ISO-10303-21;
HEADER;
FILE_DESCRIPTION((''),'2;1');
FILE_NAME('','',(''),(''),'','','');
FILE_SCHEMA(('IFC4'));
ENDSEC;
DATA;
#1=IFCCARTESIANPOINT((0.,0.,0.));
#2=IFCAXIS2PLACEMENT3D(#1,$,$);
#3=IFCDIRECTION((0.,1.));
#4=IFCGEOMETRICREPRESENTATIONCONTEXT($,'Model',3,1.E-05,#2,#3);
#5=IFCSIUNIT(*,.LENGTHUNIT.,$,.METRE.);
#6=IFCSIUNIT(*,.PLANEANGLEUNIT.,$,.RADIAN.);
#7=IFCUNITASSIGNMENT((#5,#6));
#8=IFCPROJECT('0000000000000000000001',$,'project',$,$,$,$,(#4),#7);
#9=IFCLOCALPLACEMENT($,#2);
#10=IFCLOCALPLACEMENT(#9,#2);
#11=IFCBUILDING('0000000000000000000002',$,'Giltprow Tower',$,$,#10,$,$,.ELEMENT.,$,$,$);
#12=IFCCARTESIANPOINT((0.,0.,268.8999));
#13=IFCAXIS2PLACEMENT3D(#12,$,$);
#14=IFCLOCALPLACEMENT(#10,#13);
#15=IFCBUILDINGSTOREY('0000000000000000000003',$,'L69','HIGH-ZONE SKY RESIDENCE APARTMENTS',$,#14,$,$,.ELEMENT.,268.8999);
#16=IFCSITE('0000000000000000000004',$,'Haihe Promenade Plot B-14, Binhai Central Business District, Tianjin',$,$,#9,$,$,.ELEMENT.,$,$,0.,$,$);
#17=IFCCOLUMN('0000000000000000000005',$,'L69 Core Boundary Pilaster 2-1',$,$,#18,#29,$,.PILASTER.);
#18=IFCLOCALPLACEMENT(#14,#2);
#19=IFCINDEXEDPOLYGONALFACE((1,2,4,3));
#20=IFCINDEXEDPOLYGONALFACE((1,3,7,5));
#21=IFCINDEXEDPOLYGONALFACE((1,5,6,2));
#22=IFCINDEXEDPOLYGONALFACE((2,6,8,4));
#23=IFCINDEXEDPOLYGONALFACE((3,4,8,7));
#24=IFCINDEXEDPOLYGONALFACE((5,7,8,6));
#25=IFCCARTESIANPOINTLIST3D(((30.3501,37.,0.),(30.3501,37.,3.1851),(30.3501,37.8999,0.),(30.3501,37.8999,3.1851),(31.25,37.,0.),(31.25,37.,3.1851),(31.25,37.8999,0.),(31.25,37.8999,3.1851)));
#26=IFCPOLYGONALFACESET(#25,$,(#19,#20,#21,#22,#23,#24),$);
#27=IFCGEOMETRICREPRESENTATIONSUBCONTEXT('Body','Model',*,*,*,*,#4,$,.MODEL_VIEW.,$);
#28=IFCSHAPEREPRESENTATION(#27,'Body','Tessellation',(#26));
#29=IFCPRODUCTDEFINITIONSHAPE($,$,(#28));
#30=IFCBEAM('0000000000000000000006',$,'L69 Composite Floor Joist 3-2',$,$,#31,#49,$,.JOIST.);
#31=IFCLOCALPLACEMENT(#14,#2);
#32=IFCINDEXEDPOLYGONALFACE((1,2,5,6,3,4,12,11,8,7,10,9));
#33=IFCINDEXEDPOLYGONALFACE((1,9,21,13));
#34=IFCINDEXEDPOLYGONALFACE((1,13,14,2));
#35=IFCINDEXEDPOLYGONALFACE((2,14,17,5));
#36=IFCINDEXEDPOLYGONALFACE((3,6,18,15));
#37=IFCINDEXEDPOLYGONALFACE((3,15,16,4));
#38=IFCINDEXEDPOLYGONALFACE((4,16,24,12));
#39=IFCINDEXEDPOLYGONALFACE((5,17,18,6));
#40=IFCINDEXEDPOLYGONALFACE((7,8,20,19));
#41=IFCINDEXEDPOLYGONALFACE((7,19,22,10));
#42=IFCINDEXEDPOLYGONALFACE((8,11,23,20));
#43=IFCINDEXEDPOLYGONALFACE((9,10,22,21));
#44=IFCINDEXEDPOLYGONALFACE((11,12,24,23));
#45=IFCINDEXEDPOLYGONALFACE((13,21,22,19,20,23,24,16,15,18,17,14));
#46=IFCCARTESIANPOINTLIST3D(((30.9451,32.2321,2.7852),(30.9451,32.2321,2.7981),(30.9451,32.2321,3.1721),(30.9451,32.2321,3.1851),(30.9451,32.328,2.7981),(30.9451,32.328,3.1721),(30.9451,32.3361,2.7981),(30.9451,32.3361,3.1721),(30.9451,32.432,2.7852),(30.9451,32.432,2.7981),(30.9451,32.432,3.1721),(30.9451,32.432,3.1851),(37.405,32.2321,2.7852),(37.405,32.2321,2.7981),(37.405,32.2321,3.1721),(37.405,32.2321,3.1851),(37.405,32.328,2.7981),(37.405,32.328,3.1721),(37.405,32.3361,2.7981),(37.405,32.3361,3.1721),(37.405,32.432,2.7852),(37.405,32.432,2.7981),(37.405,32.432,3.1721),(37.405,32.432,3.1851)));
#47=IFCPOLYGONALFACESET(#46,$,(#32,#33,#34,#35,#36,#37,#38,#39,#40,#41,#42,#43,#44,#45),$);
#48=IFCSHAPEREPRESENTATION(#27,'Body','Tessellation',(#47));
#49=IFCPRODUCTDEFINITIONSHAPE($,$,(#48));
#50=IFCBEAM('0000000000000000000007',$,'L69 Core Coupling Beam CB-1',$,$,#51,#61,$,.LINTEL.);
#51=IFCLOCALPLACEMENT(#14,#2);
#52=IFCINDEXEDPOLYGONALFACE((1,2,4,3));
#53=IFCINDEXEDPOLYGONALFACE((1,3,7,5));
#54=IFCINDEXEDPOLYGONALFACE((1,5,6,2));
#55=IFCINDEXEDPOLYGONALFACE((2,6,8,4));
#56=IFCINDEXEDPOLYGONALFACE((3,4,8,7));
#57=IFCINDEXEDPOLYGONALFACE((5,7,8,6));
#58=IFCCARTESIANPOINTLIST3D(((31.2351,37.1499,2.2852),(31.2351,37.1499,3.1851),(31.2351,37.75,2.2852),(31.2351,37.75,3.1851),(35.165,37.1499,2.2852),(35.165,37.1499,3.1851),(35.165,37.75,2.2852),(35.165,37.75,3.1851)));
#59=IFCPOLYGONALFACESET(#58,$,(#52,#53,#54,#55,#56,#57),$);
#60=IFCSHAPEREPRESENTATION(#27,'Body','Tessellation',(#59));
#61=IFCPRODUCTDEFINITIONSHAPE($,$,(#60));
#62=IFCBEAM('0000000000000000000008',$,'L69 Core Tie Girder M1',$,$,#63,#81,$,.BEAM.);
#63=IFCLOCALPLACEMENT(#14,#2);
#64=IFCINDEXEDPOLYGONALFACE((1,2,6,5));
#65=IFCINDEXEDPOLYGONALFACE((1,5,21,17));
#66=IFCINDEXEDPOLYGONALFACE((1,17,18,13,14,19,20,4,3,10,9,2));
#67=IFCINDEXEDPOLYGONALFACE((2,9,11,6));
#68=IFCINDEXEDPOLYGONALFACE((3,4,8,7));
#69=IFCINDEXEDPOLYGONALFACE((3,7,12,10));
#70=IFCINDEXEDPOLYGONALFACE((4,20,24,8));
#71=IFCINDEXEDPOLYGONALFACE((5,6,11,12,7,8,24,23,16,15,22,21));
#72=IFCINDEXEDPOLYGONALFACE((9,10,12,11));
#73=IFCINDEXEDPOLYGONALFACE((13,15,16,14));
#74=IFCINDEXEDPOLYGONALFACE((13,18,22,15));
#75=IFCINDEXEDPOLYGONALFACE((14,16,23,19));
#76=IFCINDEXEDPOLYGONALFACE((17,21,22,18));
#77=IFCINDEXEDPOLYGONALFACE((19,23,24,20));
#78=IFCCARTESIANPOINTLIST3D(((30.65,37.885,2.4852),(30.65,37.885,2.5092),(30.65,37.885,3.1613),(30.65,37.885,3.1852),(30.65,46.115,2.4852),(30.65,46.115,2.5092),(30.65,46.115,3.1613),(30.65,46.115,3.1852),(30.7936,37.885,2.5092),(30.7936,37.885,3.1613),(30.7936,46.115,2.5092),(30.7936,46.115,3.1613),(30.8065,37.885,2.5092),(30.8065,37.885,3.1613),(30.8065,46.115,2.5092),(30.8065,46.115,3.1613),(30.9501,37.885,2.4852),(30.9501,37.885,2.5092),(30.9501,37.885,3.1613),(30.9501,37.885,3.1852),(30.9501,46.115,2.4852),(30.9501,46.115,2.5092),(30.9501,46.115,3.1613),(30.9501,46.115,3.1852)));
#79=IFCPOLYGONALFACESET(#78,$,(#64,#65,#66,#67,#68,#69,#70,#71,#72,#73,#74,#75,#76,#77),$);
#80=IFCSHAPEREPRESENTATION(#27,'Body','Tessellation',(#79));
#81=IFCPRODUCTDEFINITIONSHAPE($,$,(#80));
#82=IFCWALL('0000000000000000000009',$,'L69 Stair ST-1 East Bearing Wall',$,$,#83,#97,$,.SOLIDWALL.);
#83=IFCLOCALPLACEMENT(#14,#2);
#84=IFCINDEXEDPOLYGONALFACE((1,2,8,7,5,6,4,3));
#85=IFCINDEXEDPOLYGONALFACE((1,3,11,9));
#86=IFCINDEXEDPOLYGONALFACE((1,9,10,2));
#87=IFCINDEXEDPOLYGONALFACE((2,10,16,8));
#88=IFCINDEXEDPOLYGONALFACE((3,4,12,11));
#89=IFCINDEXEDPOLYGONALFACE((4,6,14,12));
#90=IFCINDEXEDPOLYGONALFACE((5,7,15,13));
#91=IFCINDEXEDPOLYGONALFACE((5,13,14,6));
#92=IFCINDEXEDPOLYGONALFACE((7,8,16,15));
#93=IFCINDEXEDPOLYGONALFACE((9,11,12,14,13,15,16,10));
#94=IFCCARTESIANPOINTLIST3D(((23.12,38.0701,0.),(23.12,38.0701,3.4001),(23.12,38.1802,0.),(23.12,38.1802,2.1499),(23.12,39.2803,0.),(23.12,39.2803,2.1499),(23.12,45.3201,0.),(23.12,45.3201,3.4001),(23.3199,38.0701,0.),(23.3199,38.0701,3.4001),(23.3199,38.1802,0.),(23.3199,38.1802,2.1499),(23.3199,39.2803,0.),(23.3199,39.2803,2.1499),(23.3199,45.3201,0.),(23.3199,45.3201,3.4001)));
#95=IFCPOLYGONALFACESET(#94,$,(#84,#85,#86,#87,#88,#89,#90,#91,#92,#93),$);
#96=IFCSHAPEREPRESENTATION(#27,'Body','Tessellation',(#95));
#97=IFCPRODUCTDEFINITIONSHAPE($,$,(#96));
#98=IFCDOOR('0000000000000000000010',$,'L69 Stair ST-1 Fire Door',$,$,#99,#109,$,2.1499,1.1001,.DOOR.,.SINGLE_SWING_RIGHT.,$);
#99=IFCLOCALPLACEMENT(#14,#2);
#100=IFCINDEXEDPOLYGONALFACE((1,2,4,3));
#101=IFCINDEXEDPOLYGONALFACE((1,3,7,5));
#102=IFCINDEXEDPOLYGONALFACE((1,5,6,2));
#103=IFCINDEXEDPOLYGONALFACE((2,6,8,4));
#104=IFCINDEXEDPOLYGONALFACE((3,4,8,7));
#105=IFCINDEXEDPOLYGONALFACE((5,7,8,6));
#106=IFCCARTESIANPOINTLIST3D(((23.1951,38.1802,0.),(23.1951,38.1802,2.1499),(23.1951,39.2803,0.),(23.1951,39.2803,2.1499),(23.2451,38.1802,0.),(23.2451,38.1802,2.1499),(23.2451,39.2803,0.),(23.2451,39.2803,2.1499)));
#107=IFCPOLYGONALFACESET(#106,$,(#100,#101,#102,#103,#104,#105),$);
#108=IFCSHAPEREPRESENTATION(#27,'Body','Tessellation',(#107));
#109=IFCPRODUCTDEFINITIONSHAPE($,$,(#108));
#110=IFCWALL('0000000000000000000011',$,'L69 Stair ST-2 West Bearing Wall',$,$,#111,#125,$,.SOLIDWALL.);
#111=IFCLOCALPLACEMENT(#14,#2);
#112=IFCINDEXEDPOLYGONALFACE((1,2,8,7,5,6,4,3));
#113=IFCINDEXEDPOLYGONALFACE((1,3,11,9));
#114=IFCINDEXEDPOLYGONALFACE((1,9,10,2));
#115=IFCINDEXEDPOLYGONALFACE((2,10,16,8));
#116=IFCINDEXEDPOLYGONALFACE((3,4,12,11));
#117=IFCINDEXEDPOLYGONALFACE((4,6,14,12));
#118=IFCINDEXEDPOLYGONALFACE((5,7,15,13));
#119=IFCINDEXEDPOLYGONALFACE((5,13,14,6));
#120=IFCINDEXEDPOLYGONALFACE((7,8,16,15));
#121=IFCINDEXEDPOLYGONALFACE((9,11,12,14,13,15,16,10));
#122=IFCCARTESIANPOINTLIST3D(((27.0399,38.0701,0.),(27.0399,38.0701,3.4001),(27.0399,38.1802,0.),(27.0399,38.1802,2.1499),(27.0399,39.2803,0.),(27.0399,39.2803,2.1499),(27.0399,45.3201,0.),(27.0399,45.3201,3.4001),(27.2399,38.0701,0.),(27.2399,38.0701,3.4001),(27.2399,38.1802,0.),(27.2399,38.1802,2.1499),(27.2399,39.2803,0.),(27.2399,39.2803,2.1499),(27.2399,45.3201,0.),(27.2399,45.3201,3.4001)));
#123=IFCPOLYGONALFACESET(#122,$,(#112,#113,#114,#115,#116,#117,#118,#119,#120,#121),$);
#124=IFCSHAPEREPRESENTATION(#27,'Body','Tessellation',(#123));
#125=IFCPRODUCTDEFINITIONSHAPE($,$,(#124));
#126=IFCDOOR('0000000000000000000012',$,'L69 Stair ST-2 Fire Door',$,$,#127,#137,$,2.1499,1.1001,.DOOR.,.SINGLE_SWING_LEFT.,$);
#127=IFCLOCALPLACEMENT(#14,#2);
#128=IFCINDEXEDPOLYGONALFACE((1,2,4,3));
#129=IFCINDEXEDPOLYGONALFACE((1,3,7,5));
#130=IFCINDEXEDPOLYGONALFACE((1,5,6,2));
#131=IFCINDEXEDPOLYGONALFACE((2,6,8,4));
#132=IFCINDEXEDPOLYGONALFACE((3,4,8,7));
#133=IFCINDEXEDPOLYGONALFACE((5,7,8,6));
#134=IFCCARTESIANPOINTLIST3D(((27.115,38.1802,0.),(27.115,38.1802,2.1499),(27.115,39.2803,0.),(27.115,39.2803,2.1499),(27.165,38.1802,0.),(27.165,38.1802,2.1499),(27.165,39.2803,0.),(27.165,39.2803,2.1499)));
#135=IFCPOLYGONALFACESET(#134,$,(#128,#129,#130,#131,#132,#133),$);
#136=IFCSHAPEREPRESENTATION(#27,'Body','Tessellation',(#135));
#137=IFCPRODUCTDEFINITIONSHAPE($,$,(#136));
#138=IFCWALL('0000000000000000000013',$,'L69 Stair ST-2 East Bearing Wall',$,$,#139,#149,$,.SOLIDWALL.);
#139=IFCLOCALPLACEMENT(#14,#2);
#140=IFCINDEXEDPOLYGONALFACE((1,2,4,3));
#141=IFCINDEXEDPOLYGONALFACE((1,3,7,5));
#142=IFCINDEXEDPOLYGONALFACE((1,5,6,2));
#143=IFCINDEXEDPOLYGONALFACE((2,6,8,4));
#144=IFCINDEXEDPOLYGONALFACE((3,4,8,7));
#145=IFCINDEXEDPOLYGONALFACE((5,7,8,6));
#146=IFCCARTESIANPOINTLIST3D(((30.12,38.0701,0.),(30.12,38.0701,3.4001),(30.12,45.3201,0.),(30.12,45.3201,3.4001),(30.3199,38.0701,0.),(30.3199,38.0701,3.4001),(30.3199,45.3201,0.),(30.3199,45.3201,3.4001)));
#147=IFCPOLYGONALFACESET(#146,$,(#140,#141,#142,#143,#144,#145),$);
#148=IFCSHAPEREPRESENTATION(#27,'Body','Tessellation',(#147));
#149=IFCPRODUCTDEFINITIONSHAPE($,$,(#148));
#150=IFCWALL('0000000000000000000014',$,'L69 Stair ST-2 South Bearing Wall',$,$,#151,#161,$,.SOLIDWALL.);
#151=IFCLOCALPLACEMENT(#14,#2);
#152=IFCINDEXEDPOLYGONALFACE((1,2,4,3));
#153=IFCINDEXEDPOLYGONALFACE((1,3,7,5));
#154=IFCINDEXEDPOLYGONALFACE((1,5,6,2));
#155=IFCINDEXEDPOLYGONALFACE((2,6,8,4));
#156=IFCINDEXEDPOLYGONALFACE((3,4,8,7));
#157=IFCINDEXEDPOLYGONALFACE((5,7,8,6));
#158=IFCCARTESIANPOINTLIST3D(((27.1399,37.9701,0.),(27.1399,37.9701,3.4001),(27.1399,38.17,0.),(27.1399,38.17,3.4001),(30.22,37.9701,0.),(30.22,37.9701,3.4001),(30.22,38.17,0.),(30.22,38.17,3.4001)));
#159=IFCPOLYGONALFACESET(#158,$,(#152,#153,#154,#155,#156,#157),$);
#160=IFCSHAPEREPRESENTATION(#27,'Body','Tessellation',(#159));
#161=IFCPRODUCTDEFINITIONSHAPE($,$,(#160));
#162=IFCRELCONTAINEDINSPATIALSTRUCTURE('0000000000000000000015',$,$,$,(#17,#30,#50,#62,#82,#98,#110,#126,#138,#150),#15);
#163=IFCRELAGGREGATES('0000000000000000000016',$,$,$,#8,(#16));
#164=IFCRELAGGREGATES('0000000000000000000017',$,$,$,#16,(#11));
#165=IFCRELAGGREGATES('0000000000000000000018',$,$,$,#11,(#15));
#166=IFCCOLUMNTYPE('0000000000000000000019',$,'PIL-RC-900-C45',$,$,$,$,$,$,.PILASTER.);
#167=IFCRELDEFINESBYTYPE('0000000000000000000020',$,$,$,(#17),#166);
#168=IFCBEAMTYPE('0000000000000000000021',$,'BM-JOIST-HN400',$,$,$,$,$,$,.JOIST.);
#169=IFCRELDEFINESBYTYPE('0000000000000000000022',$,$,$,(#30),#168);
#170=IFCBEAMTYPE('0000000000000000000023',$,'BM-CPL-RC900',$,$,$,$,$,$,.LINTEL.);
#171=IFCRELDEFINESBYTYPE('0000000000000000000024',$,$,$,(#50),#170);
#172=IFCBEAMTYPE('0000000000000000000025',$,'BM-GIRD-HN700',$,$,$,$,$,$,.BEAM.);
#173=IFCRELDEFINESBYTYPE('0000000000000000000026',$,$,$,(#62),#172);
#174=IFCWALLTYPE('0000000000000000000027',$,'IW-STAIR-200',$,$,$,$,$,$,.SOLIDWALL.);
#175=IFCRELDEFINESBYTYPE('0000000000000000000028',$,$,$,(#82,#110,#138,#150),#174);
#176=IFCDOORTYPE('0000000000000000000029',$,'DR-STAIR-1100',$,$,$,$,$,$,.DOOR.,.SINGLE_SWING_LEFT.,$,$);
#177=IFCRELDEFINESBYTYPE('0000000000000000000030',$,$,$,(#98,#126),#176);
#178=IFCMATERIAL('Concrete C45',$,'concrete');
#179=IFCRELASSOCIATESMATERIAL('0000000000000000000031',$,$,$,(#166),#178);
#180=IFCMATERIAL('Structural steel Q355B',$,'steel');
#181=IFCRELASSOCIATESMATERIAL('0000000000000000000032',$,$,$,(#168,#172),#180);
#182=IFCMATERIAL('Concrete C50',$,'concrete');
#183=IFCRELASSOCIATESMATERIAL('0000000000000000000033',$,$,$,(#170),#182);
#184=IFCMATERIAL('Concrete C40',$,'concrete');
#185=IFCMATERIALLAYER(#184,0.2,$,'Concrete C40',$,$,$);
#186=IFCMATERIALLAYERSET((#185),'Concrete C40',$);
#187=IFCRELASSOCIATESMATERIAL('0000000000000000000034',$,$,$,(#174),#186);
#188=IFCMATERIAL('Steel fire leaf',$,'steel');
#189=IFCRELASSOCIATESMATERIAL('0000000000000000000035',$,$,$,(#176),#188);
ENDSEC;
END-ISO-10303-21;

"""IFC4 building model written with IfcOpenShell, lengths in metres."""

from ifc_helpers import new_model, si_unit, direction, frame, frame_2d, origin, origin_2d, place, context, subcontext, project, spatial, rectangle, i_section, extrude, source, transform, mapped, material, layer, layer_set, material_profile, profile_set, type_object, element, fill, save


model = new_model("IFC4")

# Units and contexts
model_context = context("Model", 3, precision=1e-05, world=origin(), true_north=direction((0.0, 1.0)))
body_context = subcontext(model_context, "Body", "Model", "MODEL_VIEW")
ifc_project = project(units=[si_unit("LENGTHUNIT", "METRE"), si_unit("PLANEANGLEUNIT", "RADIAN")], contexts=[model_context])

# Site, building, storey
site_placement = place(None, origin())
site = spatial("IfcSite", under=ifc_project, at=site_placement, Name="Haihe Promenade Plot B-14, Binhai Central Business District, Tianjin", CompositionType="ELEMENT", RefElevation=0.0)
building_placement = place(site_placement, origin())
building = spatial("IfcBuilding", under=site, at=building_placement, Name="Giltprow Tower", CompositionType="ELEMENT")
storey_placement = place(building_placement, frame((0.0, 0.0, 268.8999)))
storey = spatial("IfcBuildingStorey", under=building, at=storey_placement, Name="L69", Description="HIGH-ZONE SKY RESIDENCE APARTMENTS", CompositionType="ELEMENT", Elevation=268.8999)

# Column
ifc_material_1 = material(Name="Concrete C45", Category="concrete")
ifc_material_profile_1 = material_profile(ifc_material_1, rectangle(XDim=0.8999, YDim=0.8999, at=origin_2d()), Name="RC 900x900")
ifc_profile_set_1 = profile_set([ifc_material_profile_1], Name="Concrete C45")
column_type = type_object("IfcColumnType", Name="PIL-RC-900-C45", PredefinedType="PILASTER", material=ifc_profile_set_1)
shared_shape_1 = source(origin(), body_context, "Body", "SweptSolid", [
    extrude(rectangle(XDim=0.8999, YDim=0.8999, at=origin_2d()), origin(), (0.0, 0.0, 1.0), 3.1851),
])
column_placement = place(storey_placement, frame((30.8, 37.45, 0.0), z_axis=(0.0, 0.0, 1.0), x_axis=(1.0, 0.0, 0.0)))
element("IfcColumn", 1, at=column_placement, inside=storey, type_object=column_type, Name="L69 Core Boundary Pilaster 2-1", PredefinedType="PILASTER", context=body_context, shape_type="MappedRepresentation", body=[
    mapped(shared_shape_1, transform((0.0, 0.0, 0.0), x_axis=(1.0, 0.0, 0.0), y_axis=(0.0, 1.0, 0.0), z_axis=(0.0, 0.0, 1.0), scale=1.0)),
])

# Beams
ifc_material_2 = material(Name="Structural steel Q355B", Category="steel")
ifc_material_profile_2 = material_profile(ifc_material_2, i_section(OverallWidth=0.2, OverallDepth=0.3999, WebThickness=0.0081, FlangeThickness=0.0129, at=origin_2d()), Name="HN 400x200x8x13")
ifc_profile_set_2 = profile_set([ifc_material_profile_2], Name="Structural steel Q355B")
beam_type_1 = type_object("IfcBeamType", Name="BM-JOIST-HN400", PredefinedType="JOIST", material=ifc_profile_set_2)
shared_shape_2 = source(origin(), body_context, "Body", "SweptSolid", [
    extrude(i_section(OverallWidth=0.2, OverallDepth=0.3999, WebThickness=0.0081, FlangeThickness=0.0129, at=origin_2d()), origin(), (0.0, 0.0, 1.0), 6.46),
])
beam_1_placement = place(storey_placement, frame((30.9451, 32.332, 2.9851), z_axis=(1.0, 0.0, 0.0), x_axis=(0.0, 1.0, 0.0)))
element("IfcBeam", 2, at=beam_1_placement, inside=storey, type_object=beam_type_1, Name="L69 Composite Floor Joist 3-2", PredefinedType="JOIST", context=body_context, shape_type="MappedRepresentation", body=[
    mapped(shared_shape_2, transform((0.0, 0.0, 0.0), x_axis=(1.0, 0.0, 0.0), y_axis=(0.0, 1.0, 0.0), z_axis=(0.0, 0.0, 1.0), scale=1.0)),
])
ifc_material_3 = material(Name="Concrete C50", Category="concrete")
ifc_material_profile_3 = material_profile(ifc_material_3, rectangle(XDim=0.6001, YDim=0.8999, at=origin_2d()), Name="RC 900x600")
ifc_profile_set_3 = profile_set([ifc_material_profile_3], Name="Concrete C50")
beam_type_2 = type_object("IfcBeamType", Name="BM-CPL-RC900", PredefinedType="LINTEL", material=ifc_profile_set_3)
shared_shape_3 = source(origin(), body_context, "Body", "SweptSolid", [
    extrude(rectangle(XDim=0.6001, YDim=0.8999, at=origin_2d()), origin(), (0.0, 0.0, 1.0), 3.9299),
])
beam_2_placement = place(storey_placement, frame((31.2351, 37.45, 2.7351), z_axis=(1.0, 0.0, 0.0), x_axis=(0.0, 1.0, 0.0)))
element("IfcBeam", 3, at=beam_2_placement, inside=storey, type_object=beam_type_2, Name="L69 Core Coupling Beam CB-1", PredefinedType="LINTEL", context=body_context, shape_type="MappedRepresentation", body=[
    mapped(shared_shape_3, transform((0.0, 0.0, 0.0), x_axis=(1.0, 0.0, 0.0), y_axis=(0.0, 1.0, 0.0), z_axis=(0.0, 0.0, 1.0), scale=1.0)),
])
ifc_material_profile_4 = material_profile(ifc_material_2, i_section(OverallWidth=0.3, OverallDepth=0.7, WebThickness=0.0129, FlangeThickness=0.0239, at=origin_2d()), Name="HN 700x300x13x24")
ifc_profile_set_4 = profile_set([ifc_material_profile_4], Name="Structural steel Q355B")
beam_type_3 = type_object("IfcBeamType", Name="BM-GIRD-HN700", PredefinedType="BEAM", material=ifc_profile_set_4)
shared_shape_4 = source(origin(), body_context, "Body", "SweptSolid", [
    extrude(i_section(OverallWidth=0.3, OverallDepth=0.7, WebThickness=0.0129, FlangeThickness=0.0239, at=origin_2d()), origin(), (0.0, 0.0, 1.0), 8.23),
])
beam_3_placement = place(storey_placement, frame((30.8, 37.885, 2.8352), z_axis=(0.0, 1.0, 0.0), x_axis=(-1.0, 0.0, 0.0)))
element("IfcBeam", 4, at=beam_3_placement, inside=storey, type_object=beam_type_3, Name="L69 Core Tie Girder M1", PredefinedType="BEAM", context=body_context, shape_type="MappedRepresentation", body=[
    mapped(shared_shape_4, transform((0.0, 0.0, 0.0), x_axis=(1.0, 0.0, 0.0), y_axis=(0.0, 1.0, 0.0), z_axis=(0.0, 0.0, 1.0), scale=1.0)),
])

# Walls, openings, doors
ifc_material_4 = material(Name="Concrete C40", Category="concrete")
ifc_layer_1 = layer(ifc_material_4, 0.2, Name="Concrete C40")
ifc_layer_set_1 = layer_set([ifc_layer_1], Name="Concrete C40")
wall_type_1 = type_object("IfcWallType", Name="IW-STAIR-200", PredefinedType="SOLIDWALL", material=ifc_layer_set_1)
wall_1_placement = place(storey_placement, frame((23.22, 38.0701, 0.0), z_axis=(0.0, 0.0, 1.0), x_axis=(0.0, 1.0, 0.0)))
wall_1 = element("IfcWall", 5, at=wall_1_placement, inside=storey, type_object=wall_type_1, Name="L69 Stair ST-1 East Bearing Wall", PredefinedType="SOLIDWALL", context=body_context, shape_type="SweptSolid", body=[
    extrude(rectangle(XDim=7.25, YDim=0.2, at=frame_2d((3.625, 0.0))), origin(), (0.0, 0.0, 1.0), 3.4001),
])
opening_1_placement = place(wall_1_placement, frame((0.1101, 0.0, 0.0)))
opening_1 = element("IfcOpeningElement", 6, at=opening_1_placement, cuts=wall_1, PredefinedType="OPENING", context=body_context, shape_type="SweptSolid", body=[
    extrude(rectangle(XDim=1.1001, YDim=2.1499, at=frame_2d((0.55, 1.075))), frame((0.0, 0.1099, 0.0), z_axis=(0.0, -1.0, 0.0), x_axis=(1.0, 0.0, 0.0)), (0.0, 0.0, 1.0), 0.22),
])
ifc_material_5 = material(Name="Steel fire leaf", Category="steel")
door_type = type_object("IfcDoorType", Name="DR-STAIR-1100", OperationType="SINGLE_SWING_LEFT", PredefinedType="DOOR", material=ifc_material_5)
shared_shape_5 = source(origin(), body_context, "Body", "SweptSolid", [
    extrude(rectangle(XDim=1.1001, YDim=2.1499, at=frame_2d((0.55, 1.075))), frame((0.0, 0.0249, 0.0), z_axis=(0.0, -1.0, 0.0), x_axis=(1.0, 0.0, 0.0)), (0.0, 0.0, 1.0), 0.05),
])
door_1_placement = place(opening_1_placement, origin())
door_1 = element("IfcDoor", 7, at=door_1_placement, inside=storey, type_object=door_type, Name="L69 Stair ST-1 Fire Door", OperationType="SINGLE_SWING_RIGHT", OverallHeight=2.1499, OverallWidth=1.1001, PredefinedType="DOOR", context=body_context, shape_type="MappedRepresentation", body=[
    mapped(shared_shape_5, transform((0.0, 0.0, 0.0), x_axis=(1.0, 0.0, 0.0), y_axis=(0.0, 1.0, 0.0), z_axis=(0.0, 0.0, 1.0), scale=1.0)),
])
fill(opening_1, door_1)
wall_2_placement = place(storey_placement, frame((27.1399, 38.0701, 0.0), z_axis=(0.0, 0.0, 1.0), x_axis=(0.0, 1.0, 0.0)))
wall_2 = element("IfcWall", 8, at=wall_2_placement, inside=storey, type_object=wall_type_1, Name="L69 Stair ST-2 West Bearing Wall", PredefinedType="SOLIDWALL", context=body_context, shape_type="SweptSolid", body=[
    extrude(rectangle(XDim=7.25, YDim=0.2, at=frame_2d((3.625, 0.0))), origin(), (0.0, 0.0, 1.0), 3.4001),
])
opening_2_placement = place(wall_2_placement, frame((0.1101, 0.0, 0.0)))
opening_2 = element("IfcOpeningElement", 9, at=opening_2_placement, cuts=wall_2, PredefinedType="OPENING", context=body_context, shape_type="SweptSolid", body=[
    extrude(rectangle(XDim=1.1001, YDim=2.1499, at=frame_2d((0.55, 1.075))), frame((0.0, 0.1099, 0.0), z_axis=(0.0, -1.0, 0.0), x_axis=(1.0, 0.0, 0.0)), (0.0, 0.0, 1.0), 0.22),
])
door_2_placement = place(opening_2_placement, origin())
door_2 = element("IfcDoor", 10, at=door_2_placement, inside=storey, type_object=door_type, Name="L69 Stair ST-2 Fire Door", OperationType="SINGLE_SWING_LEFT", OverallHeight=2.1499, OverallWidth=1.1001, PredefinedType="DOOR", context=body_context, shape_type="MappedRepresentation", body=[
    mapped(shared_shape_5, transform((0.0, 0.0, 0.0), x_axis=(1.0, 0.0, 0.0), y_axis=(0.0, 1.0, 0.0), z_axis=(0.0, 0.0, 1.0), scale=1.0)),
])
fill(opening_2, door_2)

# Walls
wall_3_placement = place(storey_placement, frame((30.22, 38.0701, 0.0), z_axis=(0.0, 0.0, 1.0), x_axis=(0.0, 1.0, 0.0)))
element("IfcWall", 11, at=wall_3_placement, inside=storey, type_object=wall_type_1, Name="L69 Stair ST-2 East Bearing Wall", PredefinedType="SOLIDWALL", context=body_context, shape_type="SweptSolid", body=[
    extrude(rectangle(XDim=7.25, YDim=0.2, at=frame_2d((3.625, 0.0))), origin(), (0.0, 0.0, 1.0), 3.4001),
])
wall_4_placement = place(storey_placement, frame((27.1399, 38.0701, 0.0), z_axis=(0.0, 0.0, 1.0), x_axis=(1.0, 0.0, 0.0)))
element("IfcWall", 12, at=wall_4_placement, inside=storey, type_object=wall_type_1, Name="L69 Stair ST-2 South Bearing Wall", PredefinedType="SOLIDWALL", context=body_context, shape_type="SweptSolid", body=[
    extrude(rectangle(XDim=3.0801, YDim=0.2, at=frame_2d((1.54, 0.0))), origin(), (0.0, 0.0, 1.0), 3.4001),
])

save(model, "model.ifc")
